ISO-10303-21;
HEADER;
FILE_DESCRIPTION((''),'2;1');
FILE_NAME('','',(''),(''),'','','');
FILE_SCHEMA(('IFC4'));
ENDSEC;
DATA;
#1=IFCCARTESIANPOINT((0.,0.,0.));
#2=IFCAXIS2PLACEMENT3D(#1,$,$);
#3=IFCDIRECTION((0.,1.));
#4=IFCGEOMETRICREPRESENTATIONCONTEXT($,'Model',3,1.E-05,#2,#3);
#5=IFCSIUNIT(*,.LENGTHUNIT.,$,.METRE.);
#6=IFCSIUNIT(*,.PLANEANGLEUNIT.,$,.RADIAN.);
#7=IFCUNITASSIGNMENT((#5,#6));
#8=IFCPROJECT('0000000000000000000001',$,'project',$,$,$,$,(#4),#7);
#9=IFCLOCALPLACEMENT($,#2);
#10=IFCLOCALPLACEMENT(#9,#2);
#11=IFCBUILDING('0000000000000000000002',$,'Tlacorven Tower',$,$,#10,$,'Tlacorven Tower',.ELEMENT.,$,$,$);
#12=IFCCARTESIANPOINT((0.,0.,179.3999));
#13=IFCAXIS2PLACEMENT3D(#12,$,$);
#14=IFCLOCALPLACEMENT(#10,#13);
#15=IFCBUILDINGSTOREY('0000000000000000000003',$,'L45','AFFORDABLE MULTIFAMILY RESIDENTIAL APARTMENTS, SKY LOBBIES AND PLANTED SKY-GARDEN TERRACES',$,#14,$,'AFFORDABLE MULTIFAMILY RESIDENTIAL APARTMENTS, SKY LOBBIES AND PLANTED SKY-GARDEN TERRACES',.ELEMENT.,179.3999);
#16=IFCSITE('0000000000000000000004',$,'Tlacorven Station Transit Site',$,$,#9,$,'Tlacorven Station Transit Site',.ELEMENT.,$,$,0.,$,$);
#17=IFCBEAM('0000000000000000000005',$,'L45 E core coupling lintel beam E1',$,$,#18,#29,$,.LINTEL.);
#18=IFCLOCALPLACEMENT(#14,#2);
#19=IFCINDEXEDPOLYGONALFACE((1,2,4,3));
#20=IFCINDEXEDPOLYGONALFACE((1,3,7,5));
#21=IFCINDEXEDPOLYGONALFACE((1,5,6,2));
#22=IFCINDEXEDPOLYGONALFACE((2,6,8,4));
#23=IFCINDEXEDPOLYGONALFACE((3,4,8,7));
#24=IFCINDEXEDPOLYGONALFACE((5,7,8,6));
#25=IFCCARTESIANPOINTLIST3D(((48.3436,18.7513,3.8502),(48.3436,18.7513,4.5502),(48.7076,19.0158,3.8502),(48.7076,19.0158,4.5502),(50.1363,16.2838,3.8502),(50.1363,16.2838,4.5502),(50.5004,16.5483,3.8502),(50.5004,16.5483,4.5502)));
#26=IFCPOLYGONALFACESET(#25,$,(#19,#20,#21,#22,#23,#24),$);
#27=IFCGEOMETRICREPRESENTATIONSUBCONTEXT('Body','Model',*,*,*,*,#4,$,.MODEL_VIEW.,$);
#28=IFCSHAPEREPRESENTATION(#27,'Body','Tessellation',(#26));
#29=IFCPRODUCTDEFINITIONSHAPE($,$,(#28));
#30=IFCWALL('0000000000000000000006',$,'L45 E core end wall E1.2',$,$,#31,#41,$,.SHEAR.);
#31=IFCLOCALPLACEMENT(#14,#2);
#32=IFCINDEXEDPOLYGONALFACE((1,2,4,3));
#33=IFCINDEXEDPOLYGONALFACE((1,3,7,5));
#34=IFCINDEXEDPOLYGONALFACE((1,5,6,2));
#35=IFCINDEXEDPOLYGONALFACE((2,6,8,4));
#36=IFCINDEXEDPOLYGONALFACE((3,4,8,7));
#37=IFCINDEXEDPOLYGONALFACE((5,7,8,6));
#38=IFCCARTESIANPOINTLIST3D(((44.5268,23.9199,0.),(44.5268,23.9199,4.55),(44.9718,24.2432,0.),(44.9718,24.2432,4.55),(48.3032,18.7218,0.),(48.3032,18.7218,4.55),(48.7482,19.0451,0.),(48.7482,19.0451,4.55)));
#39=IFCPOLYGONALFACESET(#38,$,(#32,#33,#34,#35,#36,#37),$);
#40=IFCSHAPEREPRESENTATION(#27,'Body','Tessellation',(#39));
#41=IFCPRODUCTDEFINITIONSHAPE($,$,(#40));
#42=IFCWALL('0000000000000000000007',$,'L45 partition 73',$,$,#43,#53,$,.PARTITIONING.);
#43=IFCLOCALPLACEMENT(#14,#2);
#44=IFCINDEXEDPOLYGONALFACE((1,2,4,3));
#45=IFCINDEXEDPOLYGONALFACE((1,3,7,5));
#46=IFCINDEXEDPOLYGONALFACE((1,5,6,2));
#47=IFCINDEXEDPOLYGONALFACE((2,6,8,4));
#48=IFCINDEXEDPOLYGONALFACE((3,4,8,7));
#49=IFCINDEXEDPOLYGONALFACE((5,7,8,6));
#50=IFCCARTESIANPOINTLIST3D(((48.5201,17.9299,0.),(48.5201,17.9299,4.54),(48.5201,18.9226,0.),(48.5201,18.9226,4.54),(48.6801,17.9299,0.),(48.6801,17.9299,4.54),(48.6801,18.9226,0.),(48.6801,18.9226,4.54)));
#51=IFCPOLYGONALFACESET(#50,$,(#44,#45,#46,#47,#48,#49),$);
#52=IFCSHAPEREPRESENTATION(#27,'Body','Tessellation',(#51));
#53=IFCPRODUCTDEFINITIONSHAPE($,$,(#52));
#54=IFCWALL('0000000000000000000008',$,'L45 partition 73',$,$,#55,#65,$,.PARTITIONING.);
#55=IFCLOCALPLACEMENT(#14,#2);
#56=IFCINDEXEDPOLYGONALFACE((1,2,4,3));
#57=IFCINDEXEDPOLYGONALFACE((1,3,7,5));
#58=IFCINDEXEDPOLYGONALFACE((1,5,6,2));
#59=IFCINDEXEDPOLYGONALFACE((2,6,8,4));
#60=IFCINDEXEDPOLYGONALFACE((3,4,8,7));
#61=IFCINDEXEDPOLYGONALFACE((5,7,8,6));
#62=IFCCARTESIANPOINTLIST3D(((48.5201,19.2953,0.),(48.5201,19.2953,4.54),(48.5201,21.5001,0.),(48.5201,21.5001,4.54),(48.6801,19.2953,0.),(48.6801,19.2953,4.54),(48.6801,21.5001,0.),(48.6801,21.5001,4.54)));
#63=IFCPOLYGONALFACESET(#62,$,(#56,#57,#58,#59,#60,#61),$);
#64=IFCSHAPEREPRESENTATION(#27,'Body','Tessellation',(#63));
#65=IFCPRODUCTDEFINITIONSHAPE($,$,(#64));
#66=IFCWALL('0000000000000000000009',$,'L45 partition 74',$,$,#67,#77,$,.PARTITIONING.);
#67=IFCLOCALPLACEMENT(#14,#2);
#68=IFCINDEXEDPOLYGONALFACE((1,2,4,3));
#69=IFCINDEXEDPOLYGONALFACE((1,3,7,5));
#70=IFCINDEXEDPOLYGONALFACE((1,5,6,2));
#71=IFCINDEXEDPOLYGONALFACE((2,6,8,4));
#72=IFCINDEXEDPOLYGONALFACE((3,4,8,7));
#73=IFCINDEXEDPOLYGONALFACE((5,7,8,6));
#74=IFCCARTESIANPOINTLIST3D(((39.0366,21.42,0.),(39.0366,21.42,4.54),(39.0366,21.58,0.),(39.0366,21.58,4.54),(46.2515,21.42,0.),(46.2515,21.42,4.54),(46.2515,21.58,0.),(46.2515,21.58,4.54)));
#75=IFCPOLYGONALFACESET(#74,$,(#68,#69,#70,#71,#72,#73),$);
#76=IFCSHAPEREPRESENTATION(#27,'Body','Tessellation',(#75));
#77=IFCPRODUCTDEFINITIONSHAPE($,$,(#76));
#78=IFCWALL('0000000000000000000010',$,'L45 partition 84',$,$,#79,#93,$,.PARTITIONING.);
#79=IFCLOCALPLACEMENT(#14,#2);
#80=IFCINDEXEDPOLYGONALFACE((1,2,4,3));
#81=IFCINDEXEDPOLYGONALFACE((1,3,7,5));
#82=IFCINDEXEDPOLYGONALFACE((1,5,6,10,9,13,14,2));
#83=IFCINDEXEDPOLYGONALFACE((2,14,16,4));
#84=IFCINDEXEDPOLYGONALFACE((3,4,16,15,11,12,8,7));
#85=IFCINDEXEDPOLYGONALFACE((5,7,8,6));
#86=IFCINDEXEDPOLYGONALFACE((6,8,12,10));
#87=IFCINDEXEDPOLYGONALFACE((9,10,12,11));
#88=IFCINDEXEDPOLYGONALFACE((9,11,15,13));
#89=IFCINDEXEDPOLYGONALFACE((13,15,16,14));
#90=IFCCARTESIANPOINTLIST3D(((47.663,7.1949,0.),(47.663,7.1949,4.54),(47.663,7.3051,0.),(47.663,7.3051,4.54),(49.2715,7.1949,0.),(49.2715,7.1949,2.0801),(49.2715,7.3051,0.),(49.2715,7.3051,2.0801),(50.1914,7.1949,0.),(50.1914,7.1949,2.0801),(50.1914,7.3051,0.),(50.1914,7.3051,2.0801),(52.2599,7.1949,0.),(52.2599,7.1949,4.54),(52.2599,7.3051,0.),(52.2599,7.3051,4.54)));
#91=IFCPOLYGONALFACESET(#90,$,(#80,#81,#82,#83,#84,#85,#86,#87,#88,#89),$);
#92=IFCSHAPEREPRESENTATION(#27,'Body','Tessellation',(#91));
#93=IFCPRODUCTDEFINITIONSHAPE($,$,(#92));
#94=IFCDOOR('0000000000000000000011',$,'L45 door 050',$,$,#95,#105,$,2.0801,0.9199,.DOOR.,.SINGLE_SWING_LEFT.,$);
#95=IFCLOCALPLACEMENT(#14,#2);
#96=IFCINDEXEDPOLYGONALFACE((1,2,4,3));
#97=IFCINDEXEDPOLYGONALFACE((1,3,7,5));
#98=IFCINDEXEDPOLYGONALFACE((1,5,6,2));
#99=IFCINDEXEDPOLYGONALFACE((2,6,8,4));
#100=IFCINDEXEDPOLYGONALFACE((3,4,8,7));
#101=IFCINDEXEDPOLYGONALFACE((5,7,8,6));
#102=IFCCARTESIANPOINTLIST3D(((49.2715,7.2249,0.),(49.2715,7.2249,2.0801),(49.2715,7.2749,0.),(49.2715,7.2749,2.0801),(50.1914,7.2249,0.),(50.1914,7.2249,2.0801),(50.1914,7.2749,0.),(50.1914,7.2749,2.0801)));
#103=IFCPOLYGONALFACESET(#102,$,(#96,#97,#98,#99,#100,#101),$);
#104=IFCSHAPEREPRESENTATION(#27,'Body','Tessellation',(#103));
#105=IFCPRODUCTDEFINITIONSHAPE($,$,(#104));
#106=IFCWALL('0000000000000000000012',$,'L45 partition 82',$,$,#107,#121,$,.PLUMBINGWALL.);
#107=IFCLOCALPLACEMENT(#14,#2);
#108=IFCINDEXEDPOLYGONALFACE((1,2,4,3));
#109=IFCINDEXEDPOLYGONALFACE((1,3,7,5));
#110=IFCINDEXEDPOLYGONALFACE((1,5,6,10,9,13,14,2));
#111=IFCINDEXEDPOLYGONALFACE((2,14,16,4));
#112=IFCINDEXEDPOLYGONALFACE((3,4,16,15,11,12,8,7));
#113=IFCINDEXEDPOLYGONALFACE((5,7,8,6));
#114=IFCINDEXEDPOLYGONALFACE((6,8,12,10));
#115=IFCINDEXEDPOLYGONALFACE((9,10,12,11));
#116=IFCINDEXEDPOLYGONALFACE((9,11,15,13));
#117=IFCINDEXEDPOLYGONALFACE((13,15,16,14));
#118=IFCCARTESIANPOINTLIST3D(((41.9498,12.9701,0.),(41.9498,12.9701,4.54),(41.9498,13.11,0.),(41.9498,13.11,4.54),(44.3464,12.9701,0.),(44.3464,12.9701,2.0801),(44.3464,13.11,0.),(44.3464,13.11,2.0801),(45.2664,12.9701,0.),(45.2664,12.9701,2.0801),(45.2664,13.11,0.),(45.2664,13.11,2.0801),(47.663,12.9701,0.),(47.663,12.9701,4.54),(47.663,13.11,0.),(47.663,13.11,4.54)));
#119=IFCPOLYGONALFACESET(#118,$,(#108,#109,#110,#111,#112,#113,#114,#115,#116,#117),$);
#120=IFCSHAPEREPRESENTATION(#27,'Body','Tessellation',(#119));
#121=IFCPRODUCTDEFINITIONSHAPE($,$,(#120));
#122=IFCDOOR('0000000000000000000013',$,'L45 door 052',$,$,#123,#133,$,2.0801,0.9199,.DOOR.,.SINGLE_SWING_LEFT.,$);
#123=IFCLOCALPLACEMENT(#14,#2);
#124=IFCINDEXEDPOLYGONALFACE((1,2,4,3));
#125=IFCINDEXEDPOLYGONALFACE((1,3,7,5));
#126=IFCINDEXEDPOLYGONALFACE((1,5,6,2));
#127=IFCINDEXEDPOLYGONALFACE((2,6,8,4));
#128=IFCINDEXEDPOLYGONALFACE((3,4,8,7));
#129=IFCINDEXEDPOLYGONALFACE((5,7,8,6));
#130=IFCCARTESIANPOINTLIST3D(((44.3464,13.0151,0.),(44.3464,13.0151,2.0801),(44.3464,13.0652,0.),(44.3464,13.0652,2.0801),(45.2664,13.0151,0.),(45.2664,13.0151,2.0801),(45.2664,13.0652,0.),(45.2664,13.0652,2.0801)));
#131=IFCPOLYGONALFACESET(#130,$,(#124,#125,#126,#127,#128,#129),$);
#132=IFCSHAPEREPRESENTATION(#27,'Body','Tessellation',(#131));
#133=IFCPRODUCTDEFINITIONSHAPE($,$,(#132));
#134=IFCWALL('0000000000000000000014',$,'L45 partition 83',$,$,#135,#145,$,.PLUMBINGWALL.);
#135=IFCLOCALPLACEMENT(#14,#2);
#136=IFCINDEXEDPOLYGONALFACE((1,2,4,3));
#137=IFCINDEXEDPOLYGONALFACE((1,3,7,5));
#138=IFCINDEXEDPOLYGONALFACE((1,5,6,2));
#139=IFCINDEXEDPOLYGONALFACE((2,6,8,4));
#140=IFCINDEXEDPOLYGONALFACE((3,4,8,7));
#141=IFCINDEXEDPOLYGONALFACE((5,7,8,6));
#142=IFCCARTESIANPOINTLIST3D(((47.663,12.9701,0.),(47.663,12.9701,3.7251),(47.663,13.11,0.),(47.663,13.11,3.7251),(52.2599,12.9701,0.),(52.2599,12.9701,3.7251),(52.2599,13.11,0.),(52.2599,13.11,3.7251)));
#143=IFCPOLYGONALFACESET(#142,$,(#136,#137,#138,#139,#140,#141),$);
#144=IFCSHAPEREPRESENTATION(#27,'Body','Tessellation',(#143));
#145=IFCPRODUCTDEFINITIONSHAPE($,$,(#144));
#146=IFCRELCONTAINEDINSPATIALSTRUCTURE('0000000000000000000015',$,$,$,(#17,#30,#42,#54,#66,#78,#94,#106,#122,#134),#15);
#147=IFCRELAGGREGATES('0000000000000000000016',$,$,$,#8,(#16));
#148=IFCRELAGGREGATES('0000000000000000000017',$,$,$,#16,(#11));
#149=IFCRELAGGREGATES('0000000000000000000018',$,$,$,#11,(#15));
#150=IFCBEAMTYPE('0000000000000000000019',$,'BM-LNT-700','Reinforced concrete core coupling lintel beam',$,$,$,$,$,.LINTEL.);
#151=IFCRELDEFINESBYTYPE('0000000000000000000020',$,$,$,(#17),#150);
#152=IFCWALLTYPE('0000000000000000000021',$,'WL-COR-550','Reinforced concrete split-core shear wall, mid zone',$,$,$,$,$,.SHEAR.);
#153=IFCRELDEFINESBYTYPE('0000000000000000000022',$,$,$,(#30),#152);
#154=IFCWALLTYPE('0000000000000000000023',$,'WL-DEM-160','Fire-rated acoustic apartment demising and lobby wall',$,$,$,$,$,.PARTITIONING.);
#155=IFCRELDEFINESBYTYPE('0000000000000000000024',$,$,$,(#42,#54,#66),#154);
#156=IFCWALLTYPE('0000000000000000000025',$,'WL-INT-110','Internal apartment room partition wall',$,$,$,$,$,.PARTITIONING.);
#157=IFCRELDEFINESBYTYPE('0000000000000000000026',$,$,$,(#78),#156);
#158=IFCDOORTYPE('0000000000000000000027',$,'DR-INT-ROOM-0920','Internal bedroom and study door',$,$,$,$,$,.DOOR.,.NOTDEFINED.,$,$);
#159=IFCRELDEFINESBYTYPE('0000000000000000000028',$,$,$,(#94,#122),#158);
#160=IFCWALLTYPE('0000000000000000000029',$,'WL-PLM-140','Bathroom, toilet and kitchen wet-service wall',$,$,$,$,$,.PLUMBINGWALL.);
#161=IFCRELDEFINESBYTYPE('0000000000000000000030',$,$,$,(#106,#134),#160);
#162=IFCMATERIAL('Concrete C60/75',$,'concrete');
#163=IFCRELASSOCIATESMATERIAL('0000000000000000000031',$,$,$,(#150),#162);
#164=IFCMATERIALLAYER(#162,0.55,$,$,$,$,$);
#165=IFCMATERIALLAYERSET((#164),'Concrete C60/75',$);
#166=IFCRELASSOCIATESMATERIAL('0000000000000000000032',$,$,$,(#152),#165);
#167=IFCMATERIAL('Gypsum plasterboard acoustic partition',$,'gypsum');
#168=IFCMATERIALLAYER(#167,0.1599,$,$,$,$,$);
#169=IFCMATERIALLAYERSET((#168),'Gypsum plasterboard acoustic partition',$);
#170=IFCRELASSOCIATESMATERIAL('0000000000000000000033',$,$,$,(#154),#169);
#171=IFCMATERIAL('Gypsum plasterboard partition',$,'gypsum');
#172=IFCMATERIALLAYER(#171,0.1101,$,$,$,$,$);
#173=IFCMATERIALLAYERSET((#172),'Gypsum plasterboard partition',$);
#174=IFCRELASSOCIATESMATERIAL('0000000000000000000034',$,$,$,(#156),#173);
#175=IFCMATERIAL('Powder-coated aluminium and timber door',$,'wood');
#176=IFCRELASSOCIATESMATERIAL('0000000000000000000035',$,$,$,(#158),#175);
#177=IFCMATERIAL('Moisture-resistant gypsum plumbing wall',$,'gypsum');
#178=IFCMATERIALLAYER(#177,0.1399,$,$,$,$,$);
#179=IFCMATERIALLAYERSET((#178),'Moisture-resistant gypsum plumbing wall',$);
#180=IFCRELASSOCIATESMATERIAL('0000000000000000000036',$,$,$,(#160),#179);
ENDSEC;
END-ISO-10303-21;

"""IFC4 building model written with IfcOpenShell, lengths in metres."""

from ifc_helpers import new_model, si_unit, direction, frame, frame_2d, origin, origin_2d, place, context, subcontext, project, spatial, rectangle, extrude, source, transform, mapped, material, layer, layer_set, material_profile, profile_set, type_object, element, fill, save


model = new_model("IFC4")

# Units and contexts
model_context = context("Model", 3, precision=1e-05, world=origin(), true_north=direction((0.0, 1.0)))
body_context = subcontext(model_context, "Body", "Model", "MODEL_VIEW")
ifc_project = project(units=[si_unit("LENGTHUNIT", "METRE"), si_unit("PLANEANGLEUNIT", "RADIAN")], contexts=[model_context])

# Site, building, storey
site_placement = place(None, origin())
site = spatial("IfcSite", under=ifc_project, at=site_placement, Name="Tlacorven Station Transit Site", LongName="Tlacorven Station Transit Site", CompositionType="ELEMENT", RefElevation=0.0)
building_placement = place(site_placement, origin())
building = spatial("IfcBuilding", under=site, at=building_placement, Name="Tlacorven Tower", LongName="Tlacorven Tower", CompositionType="ELEMENT")
storey_placement = place(building_placement, frame((0.0, 0.0, 179.3999)))
storey = spatial("IfcBuildingStorey", under=building, at=storey_placement, Name="L45", Description="AFFORDABLE MULTIFAMILY RESIDENTIAL APARTMENTS, SKY LOBBIES AND PLANTED SKY-GARDEN TERRACES", LongName="AFFORDABLE MULTIFAMILY RESIDENTIAL APARTMENTS, SKY LOBBIES AND PLANTED SKY-GARDEN TERRACES", CompositionType="ELEMENT", Elevation=179.3999)

# Beam
ifc_material_1 = material(Name="Concrete C60/75", Category="concrete")
ifc_material_profile = material_profile(ifc_material_1, rectangle(XDim=0.45, YDim=0.7, at=origin_2d()), Name="RC 450X700")
ifc_profile_set = profile_set([ifc_material_profile], Name="Concrete C60/75")
beam_type = type_object("IfcBeamType", Name="BM-LNT-700", Description="Reinforced concrete core coupling lintel beam", PredefinedType="LINTEL", material=ifc_profile_set)
shared_shape_1 = source(origin(), body_context, "Body", "SweptSolid", [
    extrude(rectangle(XDim=0.45, YDim=0.7, at=origin_2d()), origin(), (0.0, 0.0, 1.0), 3.05),
])
beam_placement = place(storey_placement, frame((50.3184, 16.416, 4.2002), z_axis=(-0.587777, 0.809023, 0.0), x_axis=(-0.809023, -0.587777, 0.0)))
element("IfcBeam", 1, at=beam_placement, inside=storey, type_object=beam_type, Name="L45 E core coupling lintel beam E1", PredefinedType="LINTEL", context=body_context, shape_type="MappedRepresentation", body=[
    mapped(shared_shape_1, transform((0.0, 0.0, 0.0), scale=1.0)),
])

# Walls
ifc_layer_1 = layer(ifc_material_1, 0.55)
ifc_layer_set_1 = layer_set([ifc_layer_1], Name="Concrete C60/75")
wall_type_1 = type_object("IfcWallType", Name="WL-COR-550", Description="Reinforced concrete split-core shear wall, mid zone", PredefinedType="SHEAR", material=ifc_layer_set_1)
wall_1_placement = place(storey_placement, frame((48.5256, 18.8835, 0.0), z_axis=(0.0, 0.0, 1.0), x_axis=(-0.587765, 0.809032, 0.0)))
element("IfcWall", 2, at=wall_1_placement, inside=storey, type_object=wall_type_1, Name="L45 E core end wall E1.2", PredefinedType="SHEAR", context=body_context, shape_type="SweptSolid", body=[
    extrude(rectangle(XDim=6.425, YDim=0.55, at=frame_2d((3.2124, 0.0))), origin(), (0.0, 0.0, 1.0), 4.55),
])
ifc_material_2 = material(Name="Gypsum plasterboard acoustic partition", Category="gypsum")
ifc_layer_2 = layer(ifc_material_2, 0.1599)
ifc_layer_set_2 = layer_set([ifc_layer_2], Name="Gypsum plasterboard acoustic partition")
wall_type_2 = type_object("IfcWallType", Name="WL-DEM-160", Description="Fire-rated acoustic apartment demising and lobby wall", PredefinedType="PARTITIONING", material=ifc_layer_set_2)
wall_2_placement = place(storey_placement, frame((48.6001, 17.9299, 0.0), z_axis=(0.0, 0.0, 1.0), x_axis=(0.0, 1.0, 0.0)))
element("IfcWall", 3, at=wall_2_placement, inside=storey, type_object=wall_type_2, Name="L45 partition 73", PredefinedType="PARTITIONING", context=body_context, shape_type="SweptSolid", body=[
    extrude(rectangle(XDim=0.9927, YDim=0.1599, at=frame_2d((0.4963, 0.0))), origin(), (0.0, 0.0, 1.0), 4.54),
])
wall_3_placement = place(storey_placement, frame((48.6001, 19.2952, 0.0), z_axis=(0.0, 0.0, 1.0), x_axis=(0.0, 1.0, 0.0)))
element("IfcWall", 4, at=wall_3_placement, inside=storey, type_object=wall_type_2, Name="L45 partition 73", PredefinedType="PARTITIONING", context=body_context, shape_type="SweptSolid", body=[
    extrude(rectangle(XDim=2.2048, YDim=0.1599, at=frame_2d((1.1025, 0.0))), origin(), (0.0, 0.0, 1.0), 4.54),
])
wall_4_placement = place(storey_placement, frame((39.0366, 21.5, 0.0), z_axis=(0.0, 0.0, 1.0), x_axis=(1.0, 0.0, 0.0)))
element("IfcWall", 5, at=wall_4_placement, inside=storey, type_object=wall_type_2, Name="L45 partition 74", PredefinedType="PARTITIONING", context=body_context, shape_type="SweptSolid", body=[
    extrude(rectangle(XDim=7.2148, YDim=0.1599, at=frame_2d((3.6074, 0.0))), origin(), (0.0, 0.0, 1.0), 4.54),
])

# Walls, openings, doors
ifc_material_3 = material(Name="Gypsum plasterboard partition", Category="gypsum")
ifc_layer_3 = layer(ifc_material_3, 0.1101)
ifc_layer_set_3 = layer_set([ifc_layer_3], Name="Gypsum plasterboard partition")
wall_type_3 = type_object("IfcWallType", Name="WL-INT-110", Description="Internal apartment room partition wall", PredefinedType="PARTITIONING", material=ifc_layer_set_3)
wall_5_placement = place(storey_placement, frame((47.6631, 7.25, 0.0), z_axis=(0.0, 0.0, 1.0), x_axis=(1.0, 0.0, 0.0)))
wall_5 = element("IfcWall", 6, at=wall_5_placement, inside=storey, type_object=wall_type_3, Name="L45 partition 84", PredefinedType="PARTITIONING", context=body_context, shape_type="SweptSolid", body=[
    extrude(rectangle(XDim=4.5969, YDim=0.1101, at=frame_2d((2.2983, 0.0))), origin(), (0.0, 0.0, 1.0), 4.54),
])
opening_1_placement = place(wall_5_placement, frame((1.6084, 0.0, 0.0)))
opening_1 = element("IfcOpeningElement", 7, at=opening_1_placement, cuts=wall_5, PredefinedType="OPENING", context=body_context, shape_type="SweptSolid", body=[
    extrude(rectangle(XDim=0.9199, YDim=2.0801, at=frame_2d((0.46, 1.04))), frame((0.0, 0.0649, 0.0), z_axis=(0.0, -1.0, 0.0), x_axis=(1.0, 0.0, 0.0)), (0.0, 0.0, 1.0), 0.1301),
])
ifc_material_4 = material(Name="Powder-coated aluminium and timber door", Category="wood")
door_type_1 = type_object("IfcDoorType", Name="DR-INT-ROOM-0920", Description="Internal bedroom and study door", OperationType="NOTDEFINED", PredefinedType="DOOR", material=ifc_material_4)
shared_shape_2 = source(origin(), body_context, "Body", "SweptSolid", [
    extrude(rectangle(XDim=0.9199, YDim=2.0801, at=frame_2d((0.46, 1.04))), frame((0.0, 0.0249, 0.0), z_axis=(0.0, -1.0, 0.0), x_axis=(1.0, 0.0, 0.0)), (0.0, 0.0, 1.0), 0.05),
])
door_1_placement = place(opening_1_placement, origin())
door_1 = element("IfcDoor", 8, at=door_1_placement, inside=storey, type_object=door_type_1, Name="L45 door 050", OperationType="SINGLE_SWING_LEFT", OverallHeight=2.0801, OverallWidth=0.9199, PredefinedType="DOOR", context=body_context, shape_type="MappedRepresentation", body=[
    mapped(shared_shape_2, transform((0.0, 0.0, 0.0), scale=1.0)),
])
fill(opening_1, door_1)
ifc_material_5 = material(Name="Moisture-resistant gypsum plumbing wall", Category="gypsum")
ifc_layer_4 = layer(ifc_material_5, 0.1399)
ifc_layer_set_4 = layer_set([ifc_layer_4], Name="Moisture-resistant gypsum plumbing wall")
wall_type_4 = type_object("IfcWallType", Name="WL-PLM-140", Description="Bathroom, toilet and kitchen wet-service wall", PredefinedType="PLUMBINGWALL", material=ifc_layer_set_4)
wall_6_placement = place(storey_placement, frame((41.95, 13.04, 0.0), z_axis=(0.0, 0.0, 1.0), x_axis=(1.0, 0.0, 0.0)))
wall_6 = element("IfcWall", 9, at=wall_6_placement, inside=storey, type_object=wall_type_4, Name="L45 partition 82", PredefinedType="PLUMBINGWALL", context=body_context, shape_type="SweptSolid", body=[
    extrude(rectangle(XDim=5.7131, YDim=0.1399, at=frame_2d((2.8564, 0.0))), origin(), (0.0, 0.0, 1.0), 4.54),
])
opening_2_placement = place(wall_6_placement, frame((2.3965, 0.0, 0.0)))
opening_2 = element("IfcOpeningElement", 10, at=opening_2_placement, cuts=wall_6, PredefinedType="OPENING", context=body_context, shape_type="SweptSolid", body=[
    extrude(rectangle(XDim=0.9199, YDim=2.0801, at=frame_2d((0.46, 1.04))), frame((0.0, 0.0801, 0.0), z_axis=(0.0, -1.0, 0.0), x_axis=(1.0, 0.0, 0.0)), (0.0, 0.0, 1.0), 0.1599),
])
door_2_placement = place(opening_2_placement, frame((0.9199, 0.0, 0.0), z_axis=(0.0, 0.0, 1.0), x_axis=(-1.0, 0.0, 0.0)))
door_2 = element("IfcDoor", 11, at=door_2_placement, inside=storey, type_object=door_type_1, Name="L45 door 052", OperationType="SINGLE_SWING_LEFT", OverallHeight=2.0801, OverallWidth=0.9199, PredefinedType="DOOR", context=body_context, shape_type="MappedRepresentation", body=[
    mapped(shared_shape_2, transform((0.0, 0.0, 0.0), scale=1.0)),
])
fill(opening_2, door_2)

# Wall
wall_7_placement = place(storey_placement, frame((47.6631, 13.04, 0.0), z_axis=(0.0, 0.0, 1.0), x_axis=(1.0, 0.0, 0.0)))
element("IfcWall", 12, at=wall_7_placement, inside=storey, type_object=wall_type_4, Name="L45 partition 83", PredefinedType="PLUMBINGWALL", context=body_context, shape_type="SweptSolid", body=[
    extrude(rectangle(XDim=4.5969, YDim=0.1399, at=frame_2d((2.2983, 0.0))), origin(), (0.0, 0.0, 1.0), 3.7251),
])

save(model, "model.ifc")
